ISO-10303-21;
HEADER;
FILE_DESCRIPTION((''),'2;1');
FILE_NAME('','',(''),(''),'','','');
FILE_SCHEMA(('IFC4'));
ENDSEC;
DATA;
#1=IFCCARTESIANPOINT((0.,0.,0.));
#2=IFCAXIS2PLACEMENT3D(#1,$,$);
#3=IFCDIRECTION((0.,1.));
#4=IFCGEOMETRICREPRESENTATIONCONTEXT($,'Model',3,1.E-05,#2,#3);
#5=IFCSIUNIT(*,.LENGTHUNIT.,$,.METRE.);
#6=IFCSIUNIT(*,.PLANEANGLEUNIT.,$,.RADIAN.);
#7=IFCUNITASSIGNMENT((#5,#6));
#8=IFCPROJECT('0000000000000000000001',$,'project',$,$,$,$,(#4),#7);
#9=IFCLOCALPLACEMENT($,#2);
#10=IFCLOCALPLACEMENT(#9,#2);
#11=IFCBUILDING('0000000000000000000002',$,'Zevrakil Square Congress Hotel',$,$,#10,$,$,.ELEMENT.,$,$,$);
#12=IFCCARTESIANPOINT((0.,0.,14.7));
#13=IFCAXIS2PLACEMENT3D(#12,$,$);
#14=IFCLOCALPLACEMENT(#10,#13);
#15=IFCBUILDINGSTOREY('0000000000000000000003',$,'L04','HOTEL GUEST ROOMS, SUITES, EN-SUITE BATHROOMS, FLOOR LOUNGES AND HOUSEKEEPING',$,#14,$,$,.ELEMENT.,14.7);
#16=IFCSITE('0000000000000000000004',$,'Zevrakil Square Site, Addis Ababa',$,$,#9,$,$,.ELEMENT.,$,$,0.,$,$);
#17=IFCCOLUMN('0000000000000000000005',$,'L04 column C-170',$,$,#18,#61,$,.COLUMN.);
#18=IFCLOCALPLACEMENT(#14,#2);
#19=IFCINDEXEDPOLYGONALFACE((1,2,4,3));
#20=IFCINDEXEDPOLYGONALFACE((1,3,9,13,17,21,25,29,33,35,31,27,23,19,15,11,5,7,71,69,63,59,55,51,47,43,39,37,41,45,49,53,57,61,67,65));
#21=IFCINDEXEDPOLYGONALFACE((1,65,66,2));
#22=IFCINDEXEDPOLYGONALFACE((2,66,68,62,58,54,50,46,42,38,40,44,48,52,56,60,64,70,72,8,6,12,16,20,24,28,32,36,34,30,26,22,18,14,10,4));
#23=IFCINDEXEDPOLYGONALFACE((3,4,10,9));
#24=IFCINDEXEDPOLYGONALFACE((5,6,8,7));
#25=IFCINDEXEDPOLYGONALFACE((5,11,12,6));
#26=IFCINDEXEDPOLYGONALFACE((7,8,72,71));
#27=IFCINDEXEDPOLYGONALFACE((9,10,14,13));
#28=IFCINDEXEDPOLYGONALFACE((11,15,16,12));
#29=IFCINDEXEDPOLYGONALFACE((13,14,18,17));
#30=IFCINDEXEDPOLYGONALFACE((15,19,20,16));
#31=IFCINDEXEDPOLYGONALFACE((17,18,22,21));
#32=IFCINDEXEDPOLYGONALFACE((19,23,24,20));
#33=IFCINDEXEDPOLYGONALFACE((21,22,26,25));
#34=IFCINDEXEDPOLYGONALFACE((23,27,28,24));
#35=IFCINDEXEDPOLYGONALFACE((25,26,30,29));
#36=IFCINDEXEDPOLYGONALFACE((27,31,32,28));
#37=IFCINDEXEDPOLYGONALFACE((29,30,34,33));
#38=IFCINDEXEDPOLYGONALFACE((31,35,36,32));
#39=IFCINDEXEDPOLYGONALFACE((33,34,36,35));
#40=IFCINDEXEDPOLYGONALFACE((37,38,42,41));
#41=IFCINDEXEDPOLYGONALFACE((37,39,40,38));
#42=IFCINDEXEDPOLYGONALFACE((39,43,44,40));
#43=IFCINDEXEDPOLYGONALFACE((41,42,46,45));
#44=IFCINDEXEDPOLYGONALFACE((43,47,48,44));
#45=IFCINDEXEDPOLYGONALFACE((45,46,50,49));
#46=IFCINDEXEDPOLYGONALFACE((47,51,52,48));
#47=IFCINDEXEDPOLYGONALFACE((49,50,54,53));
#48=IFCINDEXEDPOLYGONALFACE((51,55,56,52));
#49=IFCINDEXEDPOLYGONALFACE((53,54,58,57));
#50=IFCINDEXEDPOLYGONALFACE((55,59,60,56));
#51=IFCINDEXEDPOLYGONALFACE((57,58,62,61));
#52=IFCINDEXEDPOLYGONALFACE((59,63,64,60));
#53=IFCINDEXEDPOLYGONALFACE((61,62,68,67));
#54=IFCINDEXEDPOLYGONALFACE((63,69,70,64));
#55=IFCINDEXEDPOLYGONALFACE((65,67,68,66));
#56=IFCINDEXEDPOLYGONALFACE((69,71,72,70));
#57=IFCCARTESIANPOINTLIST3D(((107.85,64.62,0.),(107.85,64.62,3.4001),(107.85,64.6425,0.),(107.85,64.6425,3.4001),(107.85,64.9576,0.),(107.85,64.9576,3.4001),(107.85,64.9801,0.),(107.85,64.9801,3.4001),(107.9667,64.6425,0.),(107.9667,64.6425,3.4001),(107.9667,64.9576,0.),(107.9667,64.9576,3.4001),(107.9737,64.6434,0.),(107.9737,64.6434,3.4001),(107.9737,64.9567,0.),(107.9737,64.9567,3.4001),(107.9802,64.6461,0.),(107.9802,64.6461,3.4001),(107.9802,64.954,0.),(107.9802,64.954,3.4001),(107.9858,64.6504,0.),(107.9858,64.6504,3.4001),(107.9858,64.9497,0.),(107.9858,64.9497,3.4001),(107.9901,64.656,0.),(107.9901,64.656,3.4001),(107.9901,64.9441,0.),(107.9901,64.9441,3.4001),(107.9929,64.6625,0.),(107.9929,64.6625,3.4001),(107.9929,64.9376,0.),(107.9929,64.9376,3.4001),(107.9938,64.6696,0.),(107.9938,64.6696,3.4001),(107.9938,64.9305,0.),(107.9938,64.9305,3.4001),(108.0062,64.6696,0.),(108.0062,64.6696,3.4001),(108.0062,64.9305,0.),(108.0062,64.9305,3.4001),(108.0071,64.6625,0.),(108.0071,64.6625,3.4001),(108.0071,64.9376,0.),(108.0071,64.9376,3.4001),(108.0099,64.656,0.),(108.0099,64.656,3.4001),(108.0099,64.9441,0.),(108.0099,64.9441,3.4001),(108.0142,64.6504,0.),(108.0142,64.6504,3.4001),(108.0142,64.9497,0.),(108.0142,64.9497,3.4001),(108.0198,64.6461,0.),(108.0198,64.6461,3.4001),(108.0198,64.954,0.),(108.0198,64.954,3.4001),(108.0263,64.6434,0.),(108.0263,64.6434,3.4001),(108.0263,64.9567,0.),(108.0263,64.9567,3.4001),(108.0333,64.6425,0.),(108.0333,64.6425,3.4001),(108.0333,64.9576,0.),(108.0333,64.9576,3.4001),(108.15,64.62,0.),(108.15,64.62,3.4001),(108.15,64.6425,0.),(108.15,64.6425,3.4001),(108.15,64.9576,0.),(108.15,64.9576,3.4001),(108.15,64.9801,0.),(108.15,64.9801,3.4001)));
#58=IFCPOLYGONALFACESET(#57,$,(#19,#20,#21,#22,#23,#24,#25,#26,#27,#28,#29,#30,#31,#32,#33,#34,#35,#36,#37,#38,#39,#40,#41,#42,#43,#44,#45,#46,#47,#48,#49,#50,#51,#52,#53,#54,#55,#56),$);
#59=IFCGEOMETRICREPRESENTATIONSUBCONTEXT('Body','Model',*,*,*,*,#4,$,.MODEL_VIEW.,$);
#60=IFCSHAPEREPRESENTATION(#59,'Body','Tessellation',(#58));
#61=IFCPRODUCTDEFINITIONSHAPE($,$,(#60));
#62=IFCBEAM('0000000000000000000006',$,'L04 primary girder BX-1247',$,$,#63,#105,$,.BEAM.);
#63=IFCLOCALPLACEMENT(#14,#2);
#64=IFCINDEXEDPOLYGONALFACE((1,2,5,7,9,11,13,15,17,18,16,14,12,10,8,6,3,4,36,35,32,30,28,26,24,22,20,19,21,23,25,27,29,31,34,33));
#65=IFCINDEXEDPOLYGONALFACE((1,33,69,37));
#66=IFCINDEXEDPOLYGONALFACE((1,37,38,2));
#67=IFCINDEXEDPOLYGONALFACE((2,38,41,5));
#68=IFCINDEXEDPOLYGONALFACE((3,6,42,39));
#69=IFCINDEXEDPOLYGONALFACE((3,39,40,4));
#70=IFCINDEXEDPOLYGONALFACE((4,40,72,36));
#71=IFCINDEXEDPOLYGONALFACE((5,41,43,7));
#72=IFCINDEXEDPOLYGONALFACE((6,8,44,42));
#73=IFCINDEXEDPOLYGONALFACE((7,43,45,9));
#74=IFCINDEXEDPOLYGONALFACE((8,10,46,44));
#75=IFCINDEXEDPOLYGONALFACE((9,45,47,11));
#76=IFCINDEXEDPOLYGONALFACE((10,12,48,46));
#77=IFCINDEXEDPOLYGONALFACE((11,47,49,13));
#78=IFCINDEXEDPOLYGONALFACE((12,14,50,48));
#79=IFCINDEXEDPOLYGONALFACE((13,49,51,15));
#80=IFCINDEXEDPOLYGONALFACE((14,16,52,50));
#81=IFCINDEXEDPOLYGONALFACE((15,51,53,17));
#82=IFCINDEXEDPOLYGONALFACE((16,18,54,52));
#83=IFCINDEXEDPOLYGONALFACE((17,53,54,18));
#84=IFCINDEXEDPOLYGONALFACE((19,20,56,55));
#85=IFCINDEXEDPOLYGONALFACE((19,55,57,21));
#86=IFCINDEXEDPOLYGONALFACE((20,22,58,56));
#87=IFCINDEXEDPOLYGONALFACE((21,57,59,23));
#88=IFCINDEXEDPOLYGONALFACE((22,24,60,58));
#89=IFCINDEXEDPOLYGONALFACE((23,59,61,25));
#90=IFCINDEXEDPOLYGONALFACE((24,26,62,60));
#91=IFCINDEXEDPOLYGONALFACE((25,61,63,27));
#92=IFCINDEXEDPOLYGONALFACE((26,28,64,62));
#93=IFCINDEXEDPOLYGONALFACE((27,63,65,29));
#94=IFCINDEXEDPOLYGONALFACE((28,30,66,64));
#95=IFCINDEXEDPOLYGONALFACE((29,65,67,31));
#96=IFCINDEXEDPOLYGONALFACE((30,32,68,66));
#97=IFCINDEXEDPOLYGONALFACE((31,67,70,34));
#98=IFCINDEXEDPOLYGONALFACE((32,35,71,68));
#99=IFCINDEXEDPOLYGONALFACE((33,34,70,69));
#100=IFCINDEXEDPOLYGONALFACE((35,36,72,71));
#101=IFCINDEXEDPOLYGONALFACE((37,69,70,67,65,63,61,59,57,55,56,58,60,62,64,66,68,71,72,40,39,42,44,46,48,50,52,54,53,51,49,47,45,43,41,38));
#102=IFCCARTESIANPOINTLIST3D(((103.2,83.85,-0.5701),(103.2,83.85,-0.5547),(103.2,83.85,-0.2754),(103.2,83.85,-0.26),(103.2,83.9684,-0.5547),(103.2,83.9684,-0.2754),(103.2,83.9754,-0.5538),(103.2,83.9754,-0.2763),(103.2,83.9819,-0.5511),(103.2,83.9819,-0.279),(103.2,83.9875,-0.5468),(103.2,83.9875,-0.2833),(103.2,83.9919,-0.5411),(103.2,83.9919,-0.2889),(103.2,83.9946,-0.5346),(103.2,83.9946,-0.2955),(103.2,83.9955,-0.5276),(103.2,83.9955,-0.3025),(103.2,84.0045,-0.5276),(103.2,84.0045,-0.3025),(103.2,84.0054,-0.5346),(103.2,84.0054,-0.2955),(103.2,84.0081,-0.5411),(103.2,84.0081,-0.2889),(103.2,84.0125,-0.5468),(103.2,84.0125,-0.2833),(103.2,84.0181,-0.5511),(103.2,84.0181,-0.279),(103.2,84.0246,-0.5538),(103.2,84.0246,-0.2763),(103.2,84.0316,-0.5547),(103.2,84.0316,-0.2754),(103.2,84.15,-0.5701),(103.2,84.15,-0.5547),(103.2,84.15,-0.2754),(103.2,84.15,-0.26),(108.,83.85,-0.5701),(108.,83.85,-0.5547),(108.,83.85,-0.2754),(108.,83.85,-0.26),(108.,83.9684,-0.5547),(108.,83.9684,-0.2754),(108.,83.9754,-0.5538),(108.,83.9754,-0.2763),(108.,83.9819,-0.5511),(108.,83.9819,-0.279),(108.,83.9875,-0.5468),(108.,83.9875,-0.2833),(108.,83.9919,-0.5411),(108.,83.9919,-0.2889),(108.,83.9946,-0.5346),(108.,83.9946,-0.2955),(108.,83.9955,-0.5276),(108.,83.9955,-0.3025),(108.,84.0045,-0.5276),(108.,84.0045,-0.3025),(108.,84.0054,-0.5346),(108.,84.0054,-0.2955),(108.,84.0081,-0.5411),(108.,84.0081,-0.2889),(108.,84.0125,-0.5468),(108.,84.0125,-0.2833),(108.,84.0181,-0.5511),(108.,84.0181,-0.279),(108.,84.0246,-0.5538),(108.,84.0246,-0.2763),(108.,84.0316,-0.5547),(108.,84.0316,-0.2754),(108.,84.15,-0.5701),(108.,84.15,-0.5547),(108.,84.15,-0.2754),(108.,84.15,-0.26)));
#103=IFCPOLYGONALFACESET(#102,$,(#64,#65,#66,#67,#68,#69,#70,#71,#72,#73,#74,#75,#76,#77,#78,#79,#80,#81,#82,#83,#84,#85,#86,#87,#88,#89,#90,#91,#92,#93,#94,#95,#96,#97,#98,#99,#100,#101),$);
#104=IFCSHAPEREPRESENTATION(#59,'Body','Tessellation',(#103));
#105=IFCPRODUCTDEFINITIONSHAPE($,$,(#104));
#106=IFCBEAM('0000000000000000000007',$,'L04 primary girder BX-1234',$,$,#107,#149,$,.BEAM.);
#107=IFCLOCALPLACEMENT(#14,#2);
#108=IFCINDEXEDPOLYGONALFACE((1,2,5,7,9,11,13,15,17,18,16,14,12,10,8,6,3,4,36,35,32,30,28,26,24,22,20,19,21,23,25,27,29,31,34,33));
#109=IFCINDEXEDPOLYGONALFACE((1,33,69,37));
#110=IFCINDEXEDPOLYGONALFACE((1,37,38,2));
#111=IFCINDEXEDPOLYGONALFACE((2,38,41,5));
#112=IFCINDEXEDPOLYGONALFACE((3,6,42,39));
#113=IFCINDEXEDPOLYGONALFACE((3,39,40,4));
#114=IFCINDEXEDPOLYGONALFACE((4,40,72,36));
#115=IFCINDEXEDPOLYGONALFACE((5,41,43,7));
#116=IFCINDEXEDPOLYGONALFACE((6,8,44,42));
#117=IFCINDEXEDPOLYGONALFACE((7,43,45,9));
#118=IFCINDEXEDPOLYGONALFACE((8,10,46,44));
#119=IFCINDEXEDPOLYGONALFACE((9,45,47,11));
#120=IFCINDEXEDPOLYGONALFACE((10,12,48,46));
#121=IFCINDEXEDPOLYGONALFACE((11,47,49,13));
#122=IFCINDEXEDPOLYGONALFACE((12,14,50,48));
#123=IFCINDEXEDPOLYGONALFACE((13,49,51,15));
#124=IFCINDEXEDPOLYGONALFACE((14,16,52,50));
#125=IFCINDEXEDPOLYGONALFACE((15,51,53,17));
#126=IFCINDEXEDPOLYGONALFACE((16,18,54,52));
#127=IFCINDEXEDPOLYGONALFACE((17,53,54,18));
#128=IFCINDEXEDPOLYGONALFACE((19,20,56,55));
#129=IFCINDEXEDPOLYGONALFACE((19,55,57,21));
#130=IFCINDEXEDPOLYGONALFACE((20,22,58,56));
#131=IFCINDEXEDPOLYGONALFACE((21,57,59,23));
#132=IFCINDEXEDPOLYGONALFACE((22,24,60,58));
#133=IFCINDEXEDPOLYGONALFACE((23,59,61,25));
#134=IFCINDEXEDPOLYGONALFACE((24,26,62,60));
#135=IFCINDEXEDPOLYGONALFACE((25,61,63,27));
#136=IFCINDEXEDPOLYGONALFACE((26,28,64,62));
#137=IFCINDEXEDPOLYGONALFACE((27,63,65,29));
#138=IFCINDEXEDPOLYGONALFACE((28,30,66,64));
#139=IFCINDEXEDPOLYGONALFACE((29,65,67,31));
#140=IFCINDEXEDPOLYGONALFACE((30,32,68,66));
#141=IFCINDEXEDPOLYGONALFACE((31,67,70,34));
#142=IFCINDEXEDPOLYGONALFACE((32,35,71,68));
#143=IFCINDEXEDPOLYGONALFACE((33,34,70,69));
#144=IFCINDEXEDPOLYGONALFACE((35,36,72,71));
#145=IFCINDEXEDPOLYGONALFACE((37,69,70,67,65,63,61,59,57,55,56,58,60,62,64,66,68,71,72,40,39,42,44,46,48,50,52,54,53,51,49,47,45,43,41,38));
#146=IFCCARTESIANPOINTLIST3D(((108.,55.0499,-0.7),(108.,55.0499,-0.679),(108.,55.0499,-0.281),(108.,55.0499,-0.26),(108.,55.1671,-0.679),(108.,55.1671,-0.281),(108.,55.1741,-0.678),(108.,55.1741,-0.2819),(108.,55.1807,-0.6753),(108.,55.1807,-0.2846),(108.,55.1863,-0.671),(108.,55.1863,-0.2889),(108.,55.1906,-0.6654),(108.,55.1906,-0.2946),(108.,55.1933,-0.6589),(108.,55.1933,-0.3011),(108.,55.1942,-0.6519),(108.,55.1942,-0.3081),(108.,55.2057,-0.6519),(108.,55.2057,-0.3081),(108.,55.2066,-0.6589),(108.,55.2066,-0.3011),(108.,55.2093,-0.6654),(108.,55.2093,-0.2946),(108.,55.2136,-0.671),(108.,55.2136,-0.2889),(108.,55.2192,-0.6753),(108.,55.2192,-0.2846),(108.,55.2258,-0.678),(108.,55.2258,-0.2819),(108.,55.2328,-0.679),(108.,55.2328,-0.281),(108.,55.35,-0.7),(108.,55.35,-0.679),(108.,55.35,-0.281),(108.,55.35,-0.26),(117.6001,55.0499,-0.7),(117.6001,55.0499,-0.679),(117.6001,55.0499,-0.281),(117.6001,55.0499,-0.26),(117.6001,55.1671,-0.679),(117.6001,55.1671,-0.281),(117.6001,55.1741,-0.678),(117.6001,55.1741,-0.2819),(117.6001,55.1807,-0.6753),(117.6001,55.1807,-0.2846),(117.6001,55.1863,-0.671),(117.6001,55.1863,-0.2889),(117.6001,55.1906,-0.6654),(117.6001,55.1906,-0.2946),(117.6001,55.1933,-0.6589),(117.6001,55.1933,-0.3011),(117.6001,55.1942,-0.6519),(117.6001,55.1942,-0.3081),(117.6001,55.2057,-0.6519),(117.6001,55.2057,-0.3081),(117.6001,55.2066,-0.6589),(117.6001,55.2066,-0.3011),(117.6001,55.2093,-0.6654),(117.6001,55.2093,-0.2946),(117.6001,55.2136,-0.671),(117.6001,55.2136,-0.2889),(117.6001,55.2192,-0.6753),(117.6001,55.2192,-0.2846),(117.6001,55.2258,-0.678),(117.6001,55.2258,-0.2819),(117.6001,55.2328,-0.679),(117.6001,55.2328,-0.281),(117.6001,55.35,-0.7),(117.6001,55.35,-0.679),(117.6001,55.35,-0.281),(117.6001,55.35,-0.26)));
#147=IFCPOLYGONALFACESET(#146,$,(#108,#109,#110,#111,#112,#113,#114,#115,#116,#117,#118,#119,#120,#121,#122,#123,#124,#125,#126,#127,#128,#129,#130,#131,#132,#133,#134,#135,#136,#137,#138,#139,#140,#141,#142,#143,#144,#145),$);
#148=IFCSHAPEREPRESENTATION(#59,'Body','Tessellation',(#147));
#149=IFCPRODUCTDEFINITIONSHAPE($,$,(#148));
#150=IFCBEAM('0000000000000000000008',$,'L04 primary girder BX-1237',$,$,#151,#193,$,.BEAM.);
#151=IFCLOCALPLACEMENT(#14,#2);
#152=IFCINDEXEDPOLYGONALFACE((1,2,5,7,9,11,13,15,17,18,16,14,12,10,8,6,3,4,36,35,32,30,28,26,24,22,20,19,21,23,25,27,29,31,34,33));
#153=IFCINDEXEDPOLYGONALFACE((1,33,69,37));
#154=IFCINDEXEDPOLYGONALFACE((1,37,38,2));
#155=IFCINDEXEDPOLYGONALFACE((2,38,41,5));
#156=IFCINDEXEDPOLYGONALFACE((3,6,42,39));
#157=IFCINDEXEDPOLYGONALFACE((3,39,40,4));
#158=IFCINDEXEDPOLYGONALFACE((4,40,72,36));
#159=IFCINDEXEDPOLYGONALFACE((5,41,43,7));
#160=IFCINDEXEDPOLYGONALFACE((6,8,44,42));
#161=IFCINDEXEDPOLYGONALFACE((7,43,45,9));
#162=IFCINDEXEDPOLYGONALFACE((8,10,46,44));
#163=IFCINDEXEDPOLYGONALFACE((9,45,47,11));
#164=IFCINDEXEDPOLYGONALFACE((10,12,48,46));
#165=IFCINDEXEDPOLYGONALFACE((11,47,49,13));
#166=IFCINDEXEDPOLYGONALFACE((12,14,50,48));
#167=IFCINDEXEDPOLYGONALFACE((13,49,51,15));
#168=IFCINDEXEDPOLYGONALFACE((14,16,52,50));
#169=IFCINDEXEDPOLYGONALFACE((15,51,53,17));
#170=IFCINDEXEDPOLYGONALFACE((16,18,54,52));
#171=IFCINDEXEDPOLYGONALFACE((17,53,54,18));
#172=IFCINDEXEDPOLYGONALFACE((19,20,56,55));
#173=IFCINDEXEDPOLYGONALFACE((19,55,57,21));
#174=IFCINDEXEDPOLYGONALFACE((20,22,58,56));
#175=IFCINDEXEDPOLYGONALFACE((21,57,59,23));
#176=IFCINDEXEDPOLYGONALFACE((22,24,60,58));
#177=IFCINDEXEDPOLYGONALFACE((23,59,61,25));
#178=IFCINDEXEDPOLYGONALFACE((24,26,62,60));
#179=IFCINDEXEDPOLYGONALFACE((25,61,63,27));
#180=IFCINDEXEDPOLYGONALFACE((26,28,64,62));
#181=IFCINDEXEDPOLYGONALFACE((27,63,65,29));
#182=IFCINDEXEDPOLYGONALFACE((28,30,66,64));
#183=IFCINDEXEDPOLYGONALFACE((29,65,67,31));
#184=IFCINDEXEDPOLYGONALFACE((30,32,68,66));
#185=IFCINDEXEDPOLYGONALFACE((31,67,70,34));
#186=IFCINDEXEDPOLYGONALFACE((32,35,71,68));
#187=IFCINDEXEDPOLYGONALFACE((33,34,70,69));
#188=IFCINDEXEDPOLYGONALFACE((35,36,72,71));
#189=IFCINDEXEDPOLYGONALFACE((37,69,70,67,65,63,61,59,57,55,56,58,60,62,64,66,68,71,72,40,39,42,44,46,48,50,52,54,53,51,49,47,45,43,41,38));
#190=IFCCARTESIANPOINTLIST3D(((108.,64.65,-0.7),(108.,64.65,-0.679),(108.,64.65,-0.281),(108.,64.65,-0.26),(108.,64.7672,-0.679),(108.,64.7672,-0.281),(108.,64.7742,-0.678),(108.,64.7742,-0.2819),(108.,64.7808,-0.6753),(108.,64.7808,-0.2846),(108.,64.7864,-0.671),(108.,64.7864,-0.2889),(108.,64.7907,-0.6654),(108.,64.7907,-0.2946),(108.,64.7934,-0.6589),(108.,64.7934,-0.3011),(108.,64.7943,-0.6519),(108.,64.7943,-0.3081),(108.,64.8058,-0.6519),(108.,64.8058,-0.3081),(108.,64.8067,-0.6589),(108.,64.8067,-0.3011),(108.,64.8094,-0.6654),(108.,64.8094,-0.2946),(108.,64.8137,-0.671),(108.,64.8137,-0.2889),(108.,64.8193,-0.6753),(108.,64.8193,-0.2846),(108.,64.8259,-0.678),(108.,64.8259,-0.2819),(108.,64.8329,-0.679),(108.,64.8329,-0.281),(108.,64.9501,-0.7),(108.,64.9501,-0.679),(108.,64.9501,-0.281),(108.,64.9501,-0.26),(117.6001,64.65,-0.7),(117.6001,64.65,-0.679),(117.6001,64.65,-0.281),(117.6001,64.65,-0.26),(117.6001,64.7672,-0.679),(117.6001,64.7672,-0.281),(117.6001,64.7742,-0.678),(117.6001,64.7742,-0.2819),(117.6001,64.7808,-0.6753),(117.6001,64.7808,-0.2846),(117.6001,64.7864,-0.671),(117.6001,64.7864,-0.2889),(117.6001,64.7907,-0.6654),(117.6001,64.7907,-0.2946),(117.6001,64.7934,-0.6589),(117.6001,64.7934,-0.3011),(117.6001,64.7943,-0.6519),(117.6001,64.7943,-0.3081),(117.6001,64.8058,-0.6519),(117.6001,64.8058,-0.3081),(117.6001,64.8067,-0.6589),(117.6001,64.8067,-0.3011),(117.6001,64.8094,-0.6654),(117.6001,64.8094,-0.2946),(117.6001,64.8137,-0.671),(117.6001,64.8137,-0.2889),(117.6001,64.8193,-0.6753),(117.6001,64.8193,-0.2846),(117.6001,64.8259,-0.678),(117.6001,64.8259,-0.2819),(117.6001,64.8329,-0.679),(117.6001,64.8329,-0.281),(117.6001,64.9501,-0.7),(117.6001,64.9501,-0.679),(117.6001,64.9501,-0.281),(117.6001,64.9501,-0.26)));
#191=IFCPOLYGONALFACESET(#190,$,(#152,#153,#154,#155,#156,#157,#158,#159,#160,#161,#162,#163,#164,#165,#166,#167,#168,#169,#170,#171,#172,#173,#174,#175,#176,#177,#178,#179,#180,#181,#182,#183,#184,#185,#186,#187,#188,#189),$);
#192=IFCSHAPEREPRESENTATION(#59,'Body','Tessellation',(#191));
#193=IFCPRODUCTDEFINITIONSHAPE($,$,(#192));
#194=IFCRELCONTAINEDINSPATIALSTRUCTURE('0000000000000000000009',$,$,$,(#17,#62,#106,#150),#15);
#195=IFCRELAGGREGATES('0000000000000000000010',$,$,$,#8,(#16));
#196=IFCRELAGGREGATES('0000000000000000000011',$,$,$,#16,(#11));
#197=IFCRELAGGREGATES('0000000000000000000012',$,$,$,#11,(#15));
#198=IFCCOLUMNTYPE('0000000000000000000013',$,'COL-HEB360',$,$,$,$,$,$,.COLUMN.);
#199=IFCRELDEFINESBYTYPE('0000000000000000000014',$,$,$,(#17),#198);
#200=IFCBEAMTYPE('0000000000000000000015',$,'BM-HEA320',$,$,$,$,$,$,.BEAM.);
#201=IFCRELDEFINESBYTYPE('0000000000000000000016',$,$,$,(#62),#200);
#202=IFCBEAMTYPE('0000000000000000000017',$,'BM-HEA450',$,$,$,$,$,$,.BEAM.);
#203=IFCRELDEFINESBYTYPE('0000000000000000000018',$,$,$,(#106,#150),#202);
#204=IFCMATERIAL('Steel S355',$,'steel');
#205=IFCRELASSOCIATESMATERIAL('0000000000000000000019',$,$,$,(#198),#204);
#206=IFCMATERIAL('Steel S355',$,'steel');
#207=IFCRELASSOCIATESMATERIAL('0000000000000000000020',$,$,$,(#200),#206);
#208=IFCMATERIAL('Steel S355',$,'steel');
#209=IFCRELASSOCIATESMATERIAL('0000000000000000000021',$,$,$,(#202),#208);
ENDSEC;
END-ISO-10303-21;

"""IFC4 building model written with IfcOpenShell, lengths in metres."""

from ifc_helpers import new_model, si_unit, direction, frame, origin, origin_2d, place, context, subcontext, project, spatial, i_section, extrude, material, material_profile, profile_set, type_object, element, save


model = new_model("IFC4")

# Units and contexts
model_context = context("Model", 3, precision=1e-05, world=origin(), true_north=direction((0.0, 1.0)))
body_context = subcontext(model_context, "Body", "Model", "MODEL_VIEW")
ifc_project = project(units=[si_unit("LENGTHUNIT", "METRE"), si_unit("PLANEANGLEUNIT", "RADIAN")], contexts=[model_context])

# Site, building, storey
site_placement = place(None, origin())
site = spatial("IfcSite", under=ifc_project, at=site_placement, Name="Zevrakil Square Site, Addis Ababa", CompositionType="ELEMENT", RefElevation=0.0)
building_placement = place(site_placement, origin())
building = spatial("IfcBuilding", under=site, at=building_placement, Name="Zevrakil Square Congress Hotel", CompositionType="ELEMENT")
storey_placement = place(building_placement, frame((0.0, 0.0, 14.7)))
storey = spatial("IfcBuildingStorey", under=building, at=storey_placement, Name="L04", Description="HOTEL GUEST ROOMS, SUITES, EN-SUITE BATHROOMS, FLOOR LOUNGES AND HOUSEKEEPING", CompositionType="ELEMENT", Elevation=14.7)

# Column
ifc_material_1 = material(Name="Steel S355", Category="steel")
ifc_material_profile_1 = material_profile(ifc_material_1, i_section(OverallWidth=0.3, OverallDepth=0.3601, WebThickness=0.0125, FlangeThickness=0.0225, FilletRadius=0.0271, at=origin_2d()), Name="HEB 360")
ifc_profile_set_1 = profile_set([ifc_material_profile_1], Name="Steel S355")
column_type = type_object("IfcColumnType", Name="COL-HEB360", PredefinedType="COLUMN", material=ifc_profile_set_1)
column_placement = place(storey_placement, frame((108.0, 64.8, 0.0), z_axis=(0.0, 0.0, 1.0), x_axis=(1.0, 0.0, 0.0)))
element("IfcColumn", 1, at=column_placement, inside=storey, type_object=column_type, Name="L04 column C-170", PredefinedType="COLUMN", context=body_context, shape_type="SweptSolid", body=[
    extrude(i_section(OverallWidth=0.3, OverallDepth=0.3601, WebThickness=0.0125, FlangeThickness=0.0225, FilletRadius=0.0271, at=origin_2d()), origin(), (0.0, 0.0, 1.0), 3.4001),
])

# Beams
ifc_material_2 = material(Name="Steel S355", Category="steel")
ifc_material_profile_2 = material_profile(ifc_material_2, i_section(OverallWidth=0.3, OverallDepth=0.3101, WebThickness=0.009, FlangeThickness=0.0154, FilletRadius=0.0271, at=origin_2d()), Name="HEA 320")
ifc_profile_set_2 = profile_set([ifc_material_profile_2], Name="Steel S355")
beam_type_1 = type_object("IfcBeamType", Name="BM-HEA320", PredefinedType="BEAM", material=ifc_profile_set_2)
beam_1_placement = place(storey_placement, frame((103.2, 84.0, -0.415), z_axis=(1.0, 0.0, 0.0), x_axis=(0.0, 1.0, 0.0)))
element("IfcBeam", 2, at=beam_1_placement, inside=storey, type_object=beam_type_1, Name="L04 primary girder BX-1247", PredefinedType="BEAM", context=body_context, shape_type="SweptSolid", body=[
    extrude(i_section(OverallWidth=0.3, OverallDepth=0.3101, WebThickness=0.009, FlangeThickness=0.0154, FilletRadius=0.0271, at=origin_2d()), origin(), (0.0, 0.0, 1.0), 4.8),
])
ifc_material_3 = material(Name="Steel S355", Category="steel")
ifc_material_profile_3 = material_profile(ifc_material_3, i_section(OverallWidth=0.3, OverallDepth=0.4399, WebThickness=0.0115, FlangeThickness=0.021, FilletRadius=0.0271, at=origin_2d()), Name="HEA 450")
ifc_profile_set_3 = profile_set([ifc_material_profile_3], Name="Steel S355")
beam_type_2 = type_object("IfcBeamType", Name="BM-HEA450", PredefinedType="BEAM", material=ifc_profile_set_3)
for number, where, z_axis, x_axis, name in (
    (3, (108.0, 55.2, -0.48), (1.0, 0.0, 0.0), (0.0, 1.0, 0.0), "L04 primary girder BX-1234"),
    (4, (108.0, 64.8, -0.48), (1.0, 0.0, 0.0), (0.0, 1.0, 0.0), "L04 primary girder BX-1237"),
):
    element("IfcBeam", number, at=place(storey_placement, frame(where, z_axis=z_axis, x_axis=x_axis)), inside=storey, type_object=beam_type_2, Name=name, PredefinedType="BEAM", context=body_context, shape_type="SweptSolid", body=[
        extrude(i_section(OverallWidth=0.3, OverallDepth=0.4399, WebThickness=0.0115, FlangeThickness=0.021, FilletRadius=0.0271, at=origin_2d()), origin(), (0.0, 0.0, 1.0), 9.6001),
    ])

save(model, "model.ifc")
